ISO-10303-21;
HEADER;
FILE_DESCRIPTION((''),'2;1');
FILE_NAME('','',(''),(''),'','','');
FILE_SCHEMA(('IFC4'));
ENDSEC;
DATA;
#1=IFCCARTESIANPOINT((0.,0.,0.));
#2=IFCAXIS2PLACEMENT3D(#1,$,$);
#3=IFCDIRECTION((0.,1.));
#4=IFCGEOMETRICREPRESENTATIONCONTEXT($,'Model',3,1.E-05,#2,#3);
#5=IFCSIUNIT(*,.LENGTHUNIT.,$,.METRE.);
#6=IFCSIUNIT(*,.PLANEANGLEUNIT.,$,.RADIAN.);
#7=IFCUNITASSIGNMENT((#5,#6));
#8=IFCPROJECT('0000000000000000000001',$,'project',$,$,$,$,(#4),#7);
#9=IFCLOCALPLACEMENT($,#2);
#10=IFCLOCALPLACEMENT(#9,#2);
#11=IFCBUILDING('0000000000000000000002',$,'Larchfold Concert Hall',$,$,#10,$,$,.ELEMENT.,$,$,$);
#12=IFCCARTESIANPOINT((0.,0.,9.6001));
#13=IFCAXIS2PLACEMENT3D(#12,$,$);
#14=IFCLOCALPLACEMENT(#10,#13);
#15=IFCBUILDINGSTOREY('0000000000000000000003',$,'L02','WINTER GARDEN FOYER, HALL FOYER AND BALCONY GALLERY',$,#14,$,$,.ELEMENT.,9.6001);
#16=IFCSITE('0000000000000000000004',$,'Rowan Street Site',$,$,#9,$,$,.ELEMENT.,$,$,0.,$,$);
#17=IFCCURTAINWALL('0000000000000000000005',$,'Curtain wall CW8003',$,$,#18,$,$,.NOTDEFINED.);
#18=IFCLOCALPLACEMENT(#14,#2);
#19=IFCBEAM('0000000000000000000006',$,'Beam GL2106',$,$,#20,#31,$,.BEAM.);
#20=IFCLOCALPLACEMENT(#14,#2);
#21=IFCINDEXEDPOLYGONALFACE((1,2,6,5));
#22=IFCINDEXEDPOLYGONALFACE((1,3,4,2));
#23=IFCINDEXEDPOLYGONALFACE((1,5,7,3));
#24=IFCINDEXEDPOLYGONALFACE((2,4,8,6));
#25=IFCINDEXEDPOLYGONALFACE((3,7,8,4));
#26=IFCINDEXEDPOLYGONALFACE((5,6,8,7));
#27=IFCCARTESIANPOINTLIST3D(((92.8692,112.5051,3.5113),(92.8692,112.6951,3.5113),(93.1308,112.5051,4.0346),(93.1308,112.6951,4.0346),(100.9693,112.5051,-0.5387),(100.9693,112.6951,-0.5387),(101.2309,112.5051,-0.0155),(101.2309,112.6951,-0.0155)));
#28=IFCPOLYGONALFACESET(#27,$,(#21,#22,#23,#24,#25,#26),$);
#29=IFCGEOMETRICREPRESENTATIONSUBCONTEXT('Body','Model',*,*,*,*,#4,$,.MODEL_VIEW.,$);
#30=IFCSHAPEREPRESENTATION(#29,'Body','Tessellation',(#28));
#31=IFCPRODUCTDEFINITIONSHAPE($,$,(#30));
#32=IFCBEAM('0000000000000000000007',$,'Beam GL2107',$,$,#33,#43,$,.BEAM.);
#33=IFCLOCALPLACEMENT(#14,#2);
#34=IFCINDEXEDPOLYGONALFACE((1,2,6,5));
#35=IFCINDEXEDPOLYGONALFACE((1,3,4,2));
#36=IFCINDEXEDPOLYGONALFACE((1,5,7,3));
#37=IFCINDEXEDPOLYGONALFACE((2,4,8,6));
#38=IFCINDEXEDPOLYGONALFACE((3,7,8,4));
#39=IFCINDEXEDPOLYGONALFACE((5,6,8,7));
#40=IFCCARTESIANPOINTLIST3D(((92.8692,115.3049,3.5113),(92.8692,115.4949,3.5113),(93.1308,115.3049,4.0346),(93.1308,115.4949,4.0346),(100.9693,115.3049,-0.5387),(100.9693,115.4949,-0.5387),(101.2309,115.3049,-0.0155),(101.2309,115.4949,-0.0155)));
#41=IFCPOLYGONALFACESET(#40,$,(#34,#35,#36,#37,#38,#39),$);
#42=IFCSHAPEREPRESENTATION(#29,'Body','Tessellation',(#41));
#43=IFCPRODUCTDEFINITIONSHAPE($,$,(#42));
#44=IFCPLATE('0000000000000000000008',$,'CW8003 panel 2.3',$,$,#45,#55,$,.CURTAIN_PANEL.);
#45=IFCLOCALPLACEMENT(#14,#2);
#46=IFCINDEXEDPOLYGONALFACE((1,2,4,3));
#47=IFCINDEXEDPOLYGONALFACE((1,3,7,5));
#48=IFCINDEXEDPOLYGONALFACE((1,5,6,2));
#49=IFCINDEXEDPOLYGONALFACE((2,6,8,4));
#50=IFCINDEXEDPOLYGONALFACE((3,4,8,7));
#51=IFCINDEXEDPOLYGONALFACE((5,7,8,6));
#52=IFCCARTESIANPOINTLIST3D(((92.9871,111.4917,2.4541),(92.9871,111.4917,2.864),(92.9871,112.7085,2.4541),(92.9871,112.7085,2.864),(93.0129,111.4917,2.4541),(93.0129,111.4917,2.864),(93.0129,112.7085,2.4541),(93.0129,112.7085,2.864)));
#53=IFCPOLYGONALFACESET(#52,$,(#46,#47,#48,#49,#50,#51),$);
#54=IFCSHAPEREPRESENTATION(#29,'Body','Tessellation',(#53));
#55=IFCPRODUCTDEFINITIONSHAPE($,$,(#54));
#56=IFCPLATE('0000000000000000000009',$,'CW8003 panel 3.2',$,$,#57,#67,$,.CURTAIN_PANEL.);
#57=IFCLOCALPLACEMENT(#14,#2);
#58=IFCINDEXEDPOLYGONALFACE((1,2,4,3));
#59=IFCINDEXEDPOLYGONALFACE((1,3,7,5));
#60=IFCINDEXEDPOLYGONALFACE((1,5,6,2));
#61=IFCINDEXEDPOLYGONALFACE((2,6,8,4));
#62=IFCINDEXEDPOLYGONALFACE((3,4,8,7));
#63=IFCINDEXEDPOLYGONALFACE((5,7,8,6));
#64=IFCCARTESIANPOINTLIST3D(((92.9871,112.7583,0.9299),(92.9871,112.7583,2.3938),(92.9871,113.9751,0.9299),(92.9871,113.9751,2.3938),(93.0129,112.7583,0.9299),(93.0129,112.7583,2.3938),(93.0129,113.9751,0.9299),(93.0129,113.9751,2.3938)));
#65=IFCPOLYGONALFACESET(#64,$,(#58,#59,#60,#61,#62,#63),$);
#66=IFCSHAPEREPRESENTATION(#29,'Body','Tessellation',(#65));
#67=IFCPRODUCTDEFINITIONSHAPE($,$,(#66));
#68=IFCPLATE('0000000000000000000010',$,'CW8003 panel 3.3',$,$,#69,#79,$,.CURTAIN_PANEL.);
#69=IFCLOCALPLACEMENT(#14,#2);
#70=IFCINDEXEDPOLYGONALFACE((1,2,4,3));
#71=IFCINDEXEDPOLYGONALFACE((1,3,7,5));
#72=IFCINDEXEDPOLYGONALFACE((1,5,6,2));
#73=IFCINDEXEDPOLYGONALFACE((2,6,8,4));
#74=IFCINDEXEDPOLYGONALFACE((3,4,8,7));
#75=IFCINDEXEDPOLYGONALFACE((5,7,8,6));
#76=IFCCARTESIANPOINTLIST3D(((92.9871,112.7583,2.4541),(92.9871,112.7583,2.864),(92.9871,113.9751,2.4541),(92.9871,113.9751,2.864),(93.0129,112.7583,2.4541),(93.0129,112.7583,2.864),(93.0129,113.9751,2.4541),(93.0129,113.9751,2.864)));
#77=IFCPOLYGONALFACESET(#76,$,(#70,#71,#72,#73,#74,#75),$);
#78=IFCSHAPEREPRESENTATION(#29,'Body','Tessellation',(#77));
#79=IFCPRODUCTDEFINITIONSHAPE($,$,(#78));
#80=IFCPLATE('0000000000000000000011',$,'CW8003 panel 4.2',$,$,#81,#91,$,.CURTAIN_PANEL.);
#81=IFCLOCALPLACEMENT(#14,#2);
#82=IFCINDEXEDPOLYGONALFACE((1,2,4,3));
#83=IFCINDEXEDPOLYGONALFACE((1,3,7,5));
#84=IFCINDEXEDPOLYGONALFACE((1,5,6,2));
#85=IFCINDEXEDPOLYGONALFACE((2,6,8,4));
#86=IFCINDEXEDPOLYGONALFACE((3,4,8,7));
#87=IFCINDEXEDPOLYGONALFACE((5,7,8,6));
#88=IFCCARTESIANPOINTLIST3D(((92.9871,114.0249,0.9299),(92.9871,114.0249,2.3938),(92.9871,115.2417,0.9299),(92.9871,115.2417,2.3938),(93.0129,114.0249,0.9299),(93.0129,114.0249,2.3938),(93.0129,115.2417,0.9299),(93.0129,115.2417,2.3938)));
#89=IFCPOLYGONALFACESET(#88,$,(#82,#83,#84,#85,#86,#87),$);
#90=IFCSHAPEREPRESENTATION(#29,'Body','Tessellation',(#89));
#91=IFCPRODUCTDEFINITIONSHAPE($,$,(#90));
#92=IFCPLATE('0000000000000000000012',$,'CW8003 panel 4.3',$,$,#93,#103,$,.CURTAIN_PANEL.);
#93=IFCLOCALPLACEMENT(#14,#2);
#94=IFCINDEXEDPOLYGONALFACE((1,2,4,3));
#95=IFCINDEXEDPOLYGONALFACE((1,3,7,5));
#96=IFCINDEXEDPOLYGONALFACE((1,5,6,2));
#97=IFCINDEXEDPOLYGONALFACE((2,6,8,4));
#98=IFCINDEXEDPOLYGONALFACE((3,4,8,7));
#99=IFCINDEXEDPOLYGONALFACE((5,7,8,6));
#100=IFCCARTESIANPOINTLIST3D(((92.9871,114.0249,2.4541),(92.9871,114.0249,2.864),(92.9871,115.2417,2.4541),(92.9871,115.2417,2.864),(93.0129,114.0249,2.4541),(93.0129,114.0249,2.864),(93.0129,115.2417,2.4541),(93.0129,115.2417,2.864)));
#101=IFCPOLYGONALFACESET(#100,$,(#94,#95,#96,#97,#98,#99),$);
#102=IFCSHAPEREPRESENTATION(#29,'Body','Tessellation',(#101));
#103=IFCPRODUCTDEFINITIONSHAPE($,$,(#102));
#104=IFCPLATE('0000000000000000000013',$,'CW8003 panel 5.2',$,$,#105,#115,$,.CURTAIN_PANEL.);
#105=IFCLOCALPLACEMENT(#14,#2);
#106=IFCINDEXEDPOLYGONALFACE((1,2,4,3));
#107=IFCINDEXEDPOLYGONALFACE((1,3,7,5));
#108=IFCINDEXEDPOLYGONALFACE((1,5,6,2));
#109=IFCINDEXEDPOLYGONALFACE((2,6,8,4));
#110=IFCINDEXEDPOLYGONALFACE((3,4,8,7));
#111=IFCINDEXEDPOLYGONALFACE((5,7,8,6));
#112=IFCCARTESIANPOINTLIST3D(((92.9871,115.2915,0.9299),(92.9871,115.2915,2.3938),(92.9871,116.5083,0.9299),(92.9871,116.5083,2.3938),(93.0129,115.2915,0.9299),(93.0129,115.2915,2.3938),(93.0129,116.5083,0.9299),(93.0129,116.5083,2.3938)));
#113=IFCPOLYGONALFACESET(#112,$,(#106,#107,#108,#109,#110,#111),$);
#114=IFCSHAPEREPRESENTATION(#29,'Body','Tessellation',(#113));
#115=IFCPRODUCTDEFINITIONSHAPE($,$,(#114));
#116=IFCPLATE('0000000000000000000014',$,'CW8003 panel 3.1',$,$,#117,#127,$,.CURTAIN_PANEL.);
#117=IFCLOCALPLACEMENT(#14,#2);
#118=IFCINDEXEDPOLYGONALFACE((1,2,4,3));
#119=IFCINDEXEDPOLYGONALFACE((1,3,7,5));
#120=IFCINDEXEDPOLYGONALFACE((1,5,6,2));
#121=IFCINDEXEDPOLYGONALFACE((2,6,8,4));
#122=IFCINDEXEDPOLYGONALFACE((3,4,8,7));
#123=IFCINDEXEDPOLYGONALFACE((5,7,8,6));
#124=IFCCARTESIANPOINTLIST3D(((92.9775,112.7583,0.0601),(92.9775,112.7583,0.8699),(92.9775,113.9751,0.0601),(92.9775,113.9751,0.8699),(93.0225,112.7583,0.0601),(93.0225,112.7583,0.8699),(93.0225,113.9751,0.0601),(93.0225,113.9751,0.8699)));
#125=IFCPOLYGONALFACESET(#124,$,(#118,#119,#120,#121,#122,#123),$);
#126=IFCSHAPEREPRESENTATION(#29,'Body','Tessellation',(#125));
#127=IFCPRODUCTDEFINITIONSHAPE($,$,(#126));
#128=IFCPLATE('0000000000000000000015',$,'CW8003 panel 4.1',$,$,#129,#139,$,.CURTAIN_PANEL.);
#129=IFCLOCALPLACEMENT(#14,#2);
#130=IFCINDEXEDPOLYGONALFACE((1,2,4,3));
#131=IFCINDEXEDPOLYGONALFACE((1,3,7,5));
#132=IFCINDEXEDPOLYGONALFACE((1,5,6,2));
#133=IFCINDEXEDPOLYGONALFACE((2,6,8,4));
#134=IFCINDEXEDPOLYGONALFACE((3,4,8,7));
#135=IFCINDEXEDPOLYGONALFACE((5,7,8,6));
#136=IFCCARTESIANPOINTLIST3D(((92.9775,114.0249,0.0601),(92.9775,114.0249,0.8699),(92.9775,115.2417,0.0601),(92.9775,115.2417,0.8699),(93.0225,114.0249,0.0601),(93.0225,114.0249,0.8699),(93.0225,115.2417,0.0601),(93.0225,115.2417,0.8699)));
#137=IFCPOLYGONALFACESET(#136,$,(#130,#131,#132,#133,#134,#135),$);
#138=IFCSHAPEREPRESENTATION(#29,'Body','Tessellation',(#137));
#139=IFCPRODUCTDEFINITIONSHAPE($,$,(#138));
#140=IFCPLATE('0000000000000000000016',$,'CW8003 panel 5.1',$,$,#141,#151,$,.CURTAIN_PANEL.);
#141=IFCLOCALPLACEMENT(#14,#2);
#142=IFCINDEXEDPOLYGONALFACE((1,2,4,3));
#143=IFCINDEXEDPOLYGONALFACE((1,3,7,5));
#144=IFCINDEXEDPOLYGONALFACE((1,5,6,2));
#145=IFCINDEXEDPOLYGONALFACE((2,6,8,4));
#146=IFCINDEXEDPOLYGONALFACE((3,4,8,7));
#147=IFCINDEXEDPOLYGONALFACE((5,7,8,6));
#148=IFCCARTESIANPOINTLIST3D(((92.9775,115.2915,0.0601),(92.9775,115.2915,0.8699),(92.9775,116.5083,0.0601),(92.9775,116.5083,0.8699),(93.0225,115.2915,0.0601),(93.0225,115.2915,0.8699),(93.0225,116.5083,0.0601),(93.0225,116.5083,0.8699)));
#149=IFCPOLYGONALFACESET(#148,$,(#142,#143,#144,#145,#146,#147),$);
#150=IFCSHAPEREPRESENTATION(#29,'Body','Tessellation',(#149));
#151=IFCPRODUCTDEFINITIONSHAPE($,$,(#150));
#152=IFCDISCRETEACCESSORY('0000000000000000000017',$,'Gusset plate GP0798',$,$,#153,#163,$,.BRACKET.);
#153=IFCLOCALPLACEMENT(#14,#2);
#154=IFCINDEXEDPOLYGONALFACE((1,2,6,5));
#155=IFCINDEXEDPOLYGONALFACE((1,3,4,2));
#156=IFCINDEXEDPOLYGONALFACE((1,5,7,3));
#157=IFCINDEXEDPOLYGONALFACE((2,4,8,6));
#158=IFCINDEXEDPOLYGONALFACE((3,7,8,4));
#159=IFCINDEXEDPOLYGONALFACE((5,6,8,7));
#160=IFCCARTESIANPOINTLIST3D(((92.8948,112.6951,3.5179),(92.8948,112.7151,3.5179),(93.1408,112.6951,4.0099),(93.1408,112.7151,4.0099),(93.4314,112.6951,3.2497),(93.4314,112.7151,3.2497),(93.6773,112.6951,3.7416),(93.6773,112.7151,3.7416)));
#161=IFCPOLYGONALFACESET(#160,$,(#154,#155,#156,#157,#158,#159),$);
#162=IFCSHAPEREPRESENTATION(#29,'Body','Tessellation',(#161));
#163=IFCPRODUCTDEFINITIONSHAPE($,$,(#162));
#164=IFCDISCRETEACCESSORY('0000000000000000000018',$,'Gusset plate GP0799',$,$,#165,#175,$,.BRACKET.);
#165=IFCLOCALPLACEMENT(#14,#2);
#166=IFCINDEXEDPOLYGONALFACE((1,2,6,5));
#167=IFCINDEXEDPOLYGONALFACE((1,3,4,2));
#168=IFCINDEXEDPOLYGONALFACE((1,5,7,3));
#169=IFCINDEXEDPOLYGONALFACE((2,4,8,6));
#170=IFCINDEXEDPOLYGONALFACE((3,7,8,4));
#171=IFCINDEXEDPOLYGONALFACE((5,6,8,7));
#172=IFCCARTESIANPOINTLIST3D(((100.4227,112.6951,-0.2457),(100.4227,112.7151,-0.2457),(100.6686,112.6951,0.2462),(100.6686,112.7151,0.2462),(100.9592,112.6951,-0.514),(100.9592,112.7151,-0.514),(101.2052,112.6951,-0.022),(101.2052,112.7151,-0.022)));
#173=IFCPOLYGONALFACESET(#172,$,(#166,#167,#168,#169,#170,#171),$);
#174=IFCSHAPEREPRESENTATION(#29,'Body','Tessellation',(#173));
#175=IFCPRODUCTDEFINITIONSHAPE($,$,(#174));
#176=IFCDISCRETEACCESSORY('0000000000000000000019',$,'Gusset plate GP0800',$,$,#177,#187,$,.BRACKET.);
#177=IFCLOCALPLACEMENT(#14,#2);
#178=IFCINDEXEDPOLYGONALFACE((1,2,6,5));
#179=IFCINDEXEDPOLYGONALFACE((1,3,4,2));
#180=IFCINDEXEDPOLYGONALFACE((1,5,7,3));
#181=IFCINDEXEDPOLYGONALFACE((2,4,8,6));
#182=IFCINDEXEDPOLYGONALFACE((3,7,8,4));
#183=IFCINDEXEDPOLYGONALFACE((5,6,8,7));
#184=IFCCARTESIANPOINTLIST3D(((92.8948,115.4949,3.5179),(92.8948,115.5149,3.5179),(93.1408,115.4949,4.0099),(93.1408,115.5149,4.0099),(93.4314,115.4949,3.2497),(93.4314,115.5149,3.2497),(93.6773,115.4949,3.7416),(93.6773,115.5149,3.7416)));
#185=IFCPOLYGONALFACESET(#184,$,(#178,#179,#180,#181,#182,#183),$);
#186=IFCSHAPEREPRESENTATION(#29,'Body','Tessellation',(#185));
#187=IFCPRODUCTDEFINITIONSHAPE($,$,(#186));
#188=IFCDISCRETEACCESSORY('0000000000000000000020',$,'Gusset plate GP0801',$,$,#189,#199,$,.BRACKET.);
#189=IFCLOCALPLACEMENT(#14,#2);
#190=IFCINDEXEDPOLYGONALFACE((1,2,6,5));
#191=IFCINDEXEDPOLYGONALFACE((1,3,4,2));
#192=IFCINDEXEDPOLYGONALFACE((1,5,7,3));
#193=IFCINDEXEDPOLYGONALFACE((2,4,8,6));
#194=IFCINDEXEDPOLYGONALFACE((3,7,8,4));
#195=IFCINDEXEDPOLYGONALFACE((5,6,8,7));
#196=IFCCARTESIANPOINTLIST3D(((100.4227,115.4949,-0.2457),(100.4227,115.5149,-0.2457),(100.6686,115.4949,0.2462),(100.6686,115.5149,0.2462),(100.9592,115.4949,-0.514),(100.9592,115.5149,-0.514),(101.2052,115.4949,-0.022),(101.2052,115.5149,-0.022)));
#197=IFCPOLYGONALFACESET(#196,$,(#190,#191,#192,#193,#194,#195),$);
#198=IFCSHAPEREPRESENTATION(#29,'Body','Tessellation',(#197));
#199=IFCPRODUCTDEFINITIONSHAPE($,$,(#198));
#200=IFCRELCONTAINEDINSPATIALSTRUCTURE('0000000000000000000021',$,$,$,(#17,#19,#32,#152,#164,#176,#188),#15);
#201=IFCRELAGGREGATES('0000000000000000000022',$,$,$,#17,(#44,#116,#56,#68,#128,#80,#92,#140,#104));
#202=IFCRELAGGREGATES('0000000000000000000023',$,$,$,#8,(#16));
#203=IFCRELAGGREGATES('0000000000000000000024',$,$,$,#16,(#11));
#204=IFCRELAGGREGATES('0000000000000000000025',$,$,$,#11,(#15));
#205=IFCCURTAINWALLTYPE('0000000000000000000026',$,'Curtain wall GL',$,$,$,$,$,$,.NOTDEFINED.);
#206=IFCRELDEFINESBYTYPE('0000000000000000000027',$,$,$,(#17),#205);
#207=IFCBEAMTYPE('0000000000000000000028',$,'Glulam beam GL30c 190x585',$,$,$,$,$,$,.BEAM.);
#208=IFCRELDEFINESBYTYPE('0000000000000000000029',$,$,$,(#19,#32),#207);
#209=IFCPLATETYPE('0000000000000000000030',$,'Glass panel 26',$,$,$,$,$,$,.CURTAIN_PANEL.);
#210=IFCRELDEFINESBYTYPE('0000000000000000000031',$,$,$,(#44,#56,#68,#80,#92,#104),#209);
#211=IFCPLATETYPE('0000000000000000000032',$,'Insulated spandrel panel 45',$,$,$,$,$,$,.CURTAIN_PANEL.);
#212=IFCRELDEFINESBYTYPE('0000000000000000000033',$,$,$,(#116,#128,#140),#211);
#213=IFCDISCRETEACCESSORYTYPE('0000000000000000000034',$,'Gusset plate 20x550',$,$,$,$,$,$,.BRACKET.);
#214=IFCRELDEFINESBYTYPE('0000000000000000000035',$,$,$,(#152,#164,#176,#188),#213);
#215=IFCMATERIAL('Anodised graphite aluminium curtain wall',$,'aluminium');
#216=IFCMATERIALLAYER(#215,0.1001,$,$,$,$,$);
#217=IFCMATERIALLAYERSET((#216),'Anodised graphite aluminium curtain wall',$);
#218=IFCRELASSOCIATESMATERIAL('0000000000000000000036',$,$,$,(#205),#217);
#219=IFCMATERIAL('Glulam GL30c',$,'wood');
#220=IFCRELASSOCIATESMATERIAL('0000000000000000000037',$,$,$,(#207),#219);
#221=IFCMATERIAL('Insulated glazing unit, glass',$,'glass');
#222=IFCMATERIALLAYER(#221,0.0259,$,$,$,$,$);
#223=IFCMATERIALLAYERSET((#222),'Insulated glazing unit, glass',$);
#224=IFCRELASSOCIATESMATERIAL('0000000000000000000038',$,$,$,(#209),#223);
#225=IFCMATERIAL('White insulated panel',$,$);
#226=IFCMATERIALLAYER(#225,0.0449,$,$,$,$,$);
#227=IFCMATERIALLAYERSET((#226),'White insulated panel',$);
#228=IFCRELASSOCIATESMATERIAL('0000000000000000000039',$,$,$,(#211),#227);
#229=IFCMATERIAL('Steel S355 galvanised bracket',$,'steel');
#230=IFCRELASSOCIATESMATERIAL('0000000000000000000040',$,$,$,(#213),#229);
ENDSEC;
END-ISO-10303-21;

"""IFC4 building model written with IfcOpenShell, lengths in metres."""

from ifc_helpers import new_model, si_unit, direction, frame, origin, origin_2d, place, context, subcontext, project, spatial, rectangle, extrude, material, layer, layer_set, material_profile, profile_set, type_object, element, aggregate, save


model = new_model("IFC4")

# Units and contexts
model_context = context("Model", 3, precision=1e-05, world=origin(), true_north=direction((0.0, 1.0)))
body_context = subcontext(model_context, "Body", "Model", "MODEL_VIEW")
ifc_project = project(units=[si_unit("LENGTHUNIT", "METRE"), si_unit("PLANEANGLEUNIT", "RADIAN")], contexts=[model_context])

# Site, building, storey
site_placement = place(None, origin())
site = spatial("IfcSite", under=ifc_project, at=site_placement, Name="Rowan Street Site", CompositionType="ELEMENT", RefElevation=0.0)
building_placement = place(site_placement, origin())
building = spatial("IfcBuilding", under=site, at=building_placement, Name="Larchfold Concert Hall", CompositionType="ELEMENT")
storey_placement = place(building_placement, frame((0.0, 0.0, 9.6001)))
storey = spatial("IfcBuildingStorey", under=building, at=storey_placement, Name="L02", Description="WINTER GARDEN FOYER, HALL FOYER AND BALCONY GALLERY", CompositionType="ELEMENT", Elevation=9.6001)

# Curtain wall
ifc_material_1 = material(Name="Anodised graphite aluminium curtain wall", Category="aluminium")
ifc_layer_1 = layer(ifc_material_1, 0.1001)
ifc_layer_set_1 = layer_set([ifc_layer_1], Name="Anodised graphite aluminium curtain wall")
curtain_wall_type = type_object("IfcCurtainWallType", Name="Curtain wall GL", PredefinedType="NOTDEFINED", material=ifc_layer_set_1)
curtain_wall_placement = place(storey_placement, origin())
curtain_wall = element("IfcCurtainWall", 1, at=curtain_wall_placement, inside=storey, type_object=curtain_wall_type, Name="Curtain wall CW8003", PredefinedType="NOTDEFINED")

# Beams
ifc_material_2 = material(Name="Glulam GL30c", Category="wood")
ifc_material_profile_1 = material_profile(ifc_material_2, rectangle(XDim=0.1899, YDim=0.585, at=origin_2d()))
ifc_profile_set_1 = profile_set([ifc_material_profile_1], Name="Glulam GL30c")
beam_type = type_object("IfcBeamType", Name="Glulam beam GL30c 190x585", PredefinedType="BEAM", material=ifc_profile_set_1)
for number, where, z_axis, x_axis, name in (
    (2, (93.0, 112.6001, 3.7729), (0.894427, 0.0, -0.447214), (0.0, 1.0, 0.0), "Beam GL2106"),
    (3, (93.0, 115.3999, 3.7729), (0.894427, 0.0, -0.447214), (0.0, 1.0, 0.0), "Beam GL2107"),
):
    element("IfcBeam", number, at=place(storey_placement, frame(where, z_axis=z_axis, x_axis=x_axis)), inside=storey, type_object=beam_type, Name=name, PredefinedType="BEAM", context=body_context, shape_type="SweptSolid", body=[
        extrude(rectangle(XDim=0.1899, YDim=0.585, at=origin_2d()), origin(), (0.0, 0.0, 1.0), 9.0562),
    ])

# Plates
ifc_material_3 = material(Name="Insulated glazing unit, glass", Category="glass")
ifc_layer_2 = layer(ifc_material_3, 0.0259)
ifc_layer_set_2 = layer_set([ifc_layer_2], Name="Insulated glazing unit, glass")
plate_type_1 = type_object("IfcPlateType", Name="Glass panel 26", PredefinedType="CURTAIN_PANEL", material=ifc_layer_set_2)
plate_1_placement = place(storey_placement, frame((93.0, 112.1001, 2.4541), z_axis=(0.0, 0.0, 1.0), x_axis=(0.0, 1.0, 0.0)))
plate_1 = element("IfcPlate", 4, at=plate_1_placement, type_object=plate_type_1, Name="CW8003 panel 2.3", PredefinedType="CURTAIN_PANEL", context=body_context, shape_type="SweptSolid", body=[
    extrude(rectangle(XDim=1.2168, YDim=0.0259, at=origin_2d()), origin(), (0.0, 0.0, 1.0), 0.4099),
])
plate_2_placement = place(storey_placement, frame((93.0, 113.3667, 0.9299), z_axis=(0.0, 0.0, 1.0), x_axis=(0.0, 1.0, 0.0)))
plate_2 = element("IfcPlate", 5, at=plate_2_placement, type_object=plate_type_1, Name="CW8003 panel 3.2", PredefinedType="CURTAIN_PANEL", context=body_context, shape_type="SweptSolid", body=[
    extrude(rectangle(XDim=1.2168, YDim=0.0259, at=origin_2d()), origin(), (0.0, 0.0, 1.0), 1.4639),
])
plate_3_placement = place(storey_placement, frame((93.0, 113.3667, 2.4541), z_axis=(0.0, 0.0, 1.0), x_axis=(0.0, 1.0, 0.0)))
plate_3 = element("IfcPlate", 6, at=plate_3_placement, type_object=plate_type_1, Name="CW8003 panel 3.3", PredefinedType="CURTAIN_PANEL", context=body_context, shape_type="SweptSolid", body=[
    extrude(rectangle(XDim=1.2168, YDim=0.0259, at=origin_2d()), origin(), (0.0, 0.0, 1.0), 0.4099),
])
plate_4_placement = place(storey_placement, frame((93.0, 114.6333, 0.9299), z_axis=(0.0, 0.0, 1.0), x_axis=(0.0, 1.0, 0.0)))
plate_4 = element("IfcPlate", 7, at=plate_4_placement, type_object=plate_type_1, Name="CW8003 panel 4.2", PredefinedType="CURTAIN_PANEL", context=body_context, shape_type="SweptSolid", body=[
    extrude(rectangle(XDim=1.2168, YDim=0.0259, at=origin_2d()), origin(), (0.0, 0.0, 1.0), 1.4639),
])
plate_5_placement = place(storey_placement, frame((93.0, 114.6333, 2.4541), z_axis=(0.0, 0.0, 1.0), x_axis=(0.0, 1.0, 0.0)))
plate_5 = element("IfcPlate", 8, at=plate_5_placement, type_object=plate_type_1, Name="CW8003 panel 4.3", PredefinedType="CURTAIN_PANEL", context=body_context, shape_type="SweptSolid", body=[
    extrude(rectangle(XDim=1.2168, YDim=0.0259, at=origin_2d()), origin(), (0.0, 0.0, 1.0), 0.4099),
])
plate_6_placement = place(storey_placement, frame((93.0, 115.8999, 0.9299), z_axis=(0.0, 0.0, 1.0), x_axis=(0.0, 1.0, 0.0)))
plate_6 = element("IfcPlate", 9, at=plate_6_placement, type_object=plate_type_1, Name="CW8003 panel 5.2", PredefinedType="CURTAIN_PANEL", context=body_context, shape_type="SweptSolid", body=[
    extrude(rectangle(XDim=1.2168, YDim=0.0259, at=origin_2d()), origin(), (0.0, 0.0, 1.0), 1.4639),
])
ifc_material_4 = material(Name="White insulated panel")
ifc_layer_3 = layer(ifc_material_4, 0.0449)
ifc_layer_set_3 = layer_set([ifc_layer_3], Name="White insulated panel")
plate_type_2 = type_object("IfcPlateType", Name="Insulated spandrel panel 45", PredefinedType="CURTAIN_PANEL", material=ifc_layer_set_3)
plate_7_placement = place(storey_placement, frame((93.0, 113.3667, 0.0601), z_axis=(0.0, 0.0, 1.0), x_axis=(0.0, 1.0, 0.0)))
plate_7 = element("IfcPlate", 10, at=plate_7_placement, type_object=plate_type_2, Name="CW8003 panel 3.1", PredefinedType="CURTAIN_PANEL", context=body_context, shape_type="SweptSolid", body=[
    extrude(rectangle(XDim=1.2168, YDim=0.0449, at=origin_2d()), origin(), (0.0, 0.0, 1.0), 0.8098),
])
plate_8_placement = place(storey_placement, frame((93.0, 114.6333, 0.0601), z_axis=(0.0, 0.0, 1.0), x_axis=(0.0, 1.0, 0.0)))
plate_8 = element("IfcPlate", 11, at=plate_8_placement, type_object=plate_type_2, Name="CW8003 panel 4.1", PredefinedType="CURTAIN_PANEL", context=body_context, shape_type="SweptSolid", body=[
    extrude(rectangle(XDim=1.2168, YDim=0.0449, at=origin_2d()), origin(), (0.0, 0.0, 1.0), 0.8098),
])
plate_9_placement = place(storey_placement, frame((93.0, 115.8999, 0.0601), z_axis=(0.0, 0.0, 1.0), x_axis=(0.0, 1.0, 0.0)))
plate_9 = element("IfcPlate", 12, at=plate_9_placement, type_object=plate_type_2, Name="CW8003 panel 5.1", PredefinedType="CURTAIN_PANEL", context=body_context, shape_type="SweptSolid", body=[
    extrude(rectangle(XDim=1.2168, YDim=0.0449, at=origin_2d()), origin(), (0.0, 0.0, 1.0), 0.8098),
])
aggregate(curtain_wall, [plate_1, plate_7, plate_2, plate_3, plate_8, plate_4, plate_5, plate_9, plate_6])

# Discrete accessories
ifc_material_5 = material(Name="Steel S355 galvanised bracket", Category="steel")
ifc_material_profile_2 = material_profile(ifc_material_5, rectangle(XDim=0.02, YDim=0.55, at=origin_2d()))
ifc_profile_set_2 = profile_set([ifc_material_profile_2], Name="Steel S355 galvanised bracket")
discrete_accessory_type = type_object("IfcDiscreteAccessoryType", Name="Gusset plate 20x550", PredefinedType="BRACKET", material=ifc_profile_set_2)
for number, where, z_axis, x_axis, name in (
    (13, (93.0178, 112.7051, 3.7639), (0.894427, 0.0, -0.447214), (0.0, 1.0, 0.0), "Gusset plate GP0798"),
    (14, (100.5457, 112.7051, 0.0002), (0.894427, 0.0, -0.447214), (0.0, 1.0, 0.0), "Gusset plate GP0799"),
    (15, (93.0178, 115.5049, 3.7639), (0.894427, 0.0, -0.447214), (0.0, 1.0, 0.0), "Gusset plate GP0800"),
    (16, (100.5457, 115.5049, 0.0002), (0.894427, 0.0, -0.447214), (0.0, 1.0, 0.0), "Gusset plate GP0801"),
):
    element("IfcDiscreteAccessory", number, at=place(storey_placement, frame(where, z_axis=z_axis, x_axis=x_axis)), inside=storey, type_object=discrete_accessory_type, Name=name, PredefinedType="BRACKET", context=body_context, shape_type="SweptSolid", body=[
        extrude(rectangle(XDim=0.02, YDim=0.55, at=origin_2d()), origin(), (0.0, 0.0, 1.0), 0.5999),
    ])

save(model, "model.ifc")
